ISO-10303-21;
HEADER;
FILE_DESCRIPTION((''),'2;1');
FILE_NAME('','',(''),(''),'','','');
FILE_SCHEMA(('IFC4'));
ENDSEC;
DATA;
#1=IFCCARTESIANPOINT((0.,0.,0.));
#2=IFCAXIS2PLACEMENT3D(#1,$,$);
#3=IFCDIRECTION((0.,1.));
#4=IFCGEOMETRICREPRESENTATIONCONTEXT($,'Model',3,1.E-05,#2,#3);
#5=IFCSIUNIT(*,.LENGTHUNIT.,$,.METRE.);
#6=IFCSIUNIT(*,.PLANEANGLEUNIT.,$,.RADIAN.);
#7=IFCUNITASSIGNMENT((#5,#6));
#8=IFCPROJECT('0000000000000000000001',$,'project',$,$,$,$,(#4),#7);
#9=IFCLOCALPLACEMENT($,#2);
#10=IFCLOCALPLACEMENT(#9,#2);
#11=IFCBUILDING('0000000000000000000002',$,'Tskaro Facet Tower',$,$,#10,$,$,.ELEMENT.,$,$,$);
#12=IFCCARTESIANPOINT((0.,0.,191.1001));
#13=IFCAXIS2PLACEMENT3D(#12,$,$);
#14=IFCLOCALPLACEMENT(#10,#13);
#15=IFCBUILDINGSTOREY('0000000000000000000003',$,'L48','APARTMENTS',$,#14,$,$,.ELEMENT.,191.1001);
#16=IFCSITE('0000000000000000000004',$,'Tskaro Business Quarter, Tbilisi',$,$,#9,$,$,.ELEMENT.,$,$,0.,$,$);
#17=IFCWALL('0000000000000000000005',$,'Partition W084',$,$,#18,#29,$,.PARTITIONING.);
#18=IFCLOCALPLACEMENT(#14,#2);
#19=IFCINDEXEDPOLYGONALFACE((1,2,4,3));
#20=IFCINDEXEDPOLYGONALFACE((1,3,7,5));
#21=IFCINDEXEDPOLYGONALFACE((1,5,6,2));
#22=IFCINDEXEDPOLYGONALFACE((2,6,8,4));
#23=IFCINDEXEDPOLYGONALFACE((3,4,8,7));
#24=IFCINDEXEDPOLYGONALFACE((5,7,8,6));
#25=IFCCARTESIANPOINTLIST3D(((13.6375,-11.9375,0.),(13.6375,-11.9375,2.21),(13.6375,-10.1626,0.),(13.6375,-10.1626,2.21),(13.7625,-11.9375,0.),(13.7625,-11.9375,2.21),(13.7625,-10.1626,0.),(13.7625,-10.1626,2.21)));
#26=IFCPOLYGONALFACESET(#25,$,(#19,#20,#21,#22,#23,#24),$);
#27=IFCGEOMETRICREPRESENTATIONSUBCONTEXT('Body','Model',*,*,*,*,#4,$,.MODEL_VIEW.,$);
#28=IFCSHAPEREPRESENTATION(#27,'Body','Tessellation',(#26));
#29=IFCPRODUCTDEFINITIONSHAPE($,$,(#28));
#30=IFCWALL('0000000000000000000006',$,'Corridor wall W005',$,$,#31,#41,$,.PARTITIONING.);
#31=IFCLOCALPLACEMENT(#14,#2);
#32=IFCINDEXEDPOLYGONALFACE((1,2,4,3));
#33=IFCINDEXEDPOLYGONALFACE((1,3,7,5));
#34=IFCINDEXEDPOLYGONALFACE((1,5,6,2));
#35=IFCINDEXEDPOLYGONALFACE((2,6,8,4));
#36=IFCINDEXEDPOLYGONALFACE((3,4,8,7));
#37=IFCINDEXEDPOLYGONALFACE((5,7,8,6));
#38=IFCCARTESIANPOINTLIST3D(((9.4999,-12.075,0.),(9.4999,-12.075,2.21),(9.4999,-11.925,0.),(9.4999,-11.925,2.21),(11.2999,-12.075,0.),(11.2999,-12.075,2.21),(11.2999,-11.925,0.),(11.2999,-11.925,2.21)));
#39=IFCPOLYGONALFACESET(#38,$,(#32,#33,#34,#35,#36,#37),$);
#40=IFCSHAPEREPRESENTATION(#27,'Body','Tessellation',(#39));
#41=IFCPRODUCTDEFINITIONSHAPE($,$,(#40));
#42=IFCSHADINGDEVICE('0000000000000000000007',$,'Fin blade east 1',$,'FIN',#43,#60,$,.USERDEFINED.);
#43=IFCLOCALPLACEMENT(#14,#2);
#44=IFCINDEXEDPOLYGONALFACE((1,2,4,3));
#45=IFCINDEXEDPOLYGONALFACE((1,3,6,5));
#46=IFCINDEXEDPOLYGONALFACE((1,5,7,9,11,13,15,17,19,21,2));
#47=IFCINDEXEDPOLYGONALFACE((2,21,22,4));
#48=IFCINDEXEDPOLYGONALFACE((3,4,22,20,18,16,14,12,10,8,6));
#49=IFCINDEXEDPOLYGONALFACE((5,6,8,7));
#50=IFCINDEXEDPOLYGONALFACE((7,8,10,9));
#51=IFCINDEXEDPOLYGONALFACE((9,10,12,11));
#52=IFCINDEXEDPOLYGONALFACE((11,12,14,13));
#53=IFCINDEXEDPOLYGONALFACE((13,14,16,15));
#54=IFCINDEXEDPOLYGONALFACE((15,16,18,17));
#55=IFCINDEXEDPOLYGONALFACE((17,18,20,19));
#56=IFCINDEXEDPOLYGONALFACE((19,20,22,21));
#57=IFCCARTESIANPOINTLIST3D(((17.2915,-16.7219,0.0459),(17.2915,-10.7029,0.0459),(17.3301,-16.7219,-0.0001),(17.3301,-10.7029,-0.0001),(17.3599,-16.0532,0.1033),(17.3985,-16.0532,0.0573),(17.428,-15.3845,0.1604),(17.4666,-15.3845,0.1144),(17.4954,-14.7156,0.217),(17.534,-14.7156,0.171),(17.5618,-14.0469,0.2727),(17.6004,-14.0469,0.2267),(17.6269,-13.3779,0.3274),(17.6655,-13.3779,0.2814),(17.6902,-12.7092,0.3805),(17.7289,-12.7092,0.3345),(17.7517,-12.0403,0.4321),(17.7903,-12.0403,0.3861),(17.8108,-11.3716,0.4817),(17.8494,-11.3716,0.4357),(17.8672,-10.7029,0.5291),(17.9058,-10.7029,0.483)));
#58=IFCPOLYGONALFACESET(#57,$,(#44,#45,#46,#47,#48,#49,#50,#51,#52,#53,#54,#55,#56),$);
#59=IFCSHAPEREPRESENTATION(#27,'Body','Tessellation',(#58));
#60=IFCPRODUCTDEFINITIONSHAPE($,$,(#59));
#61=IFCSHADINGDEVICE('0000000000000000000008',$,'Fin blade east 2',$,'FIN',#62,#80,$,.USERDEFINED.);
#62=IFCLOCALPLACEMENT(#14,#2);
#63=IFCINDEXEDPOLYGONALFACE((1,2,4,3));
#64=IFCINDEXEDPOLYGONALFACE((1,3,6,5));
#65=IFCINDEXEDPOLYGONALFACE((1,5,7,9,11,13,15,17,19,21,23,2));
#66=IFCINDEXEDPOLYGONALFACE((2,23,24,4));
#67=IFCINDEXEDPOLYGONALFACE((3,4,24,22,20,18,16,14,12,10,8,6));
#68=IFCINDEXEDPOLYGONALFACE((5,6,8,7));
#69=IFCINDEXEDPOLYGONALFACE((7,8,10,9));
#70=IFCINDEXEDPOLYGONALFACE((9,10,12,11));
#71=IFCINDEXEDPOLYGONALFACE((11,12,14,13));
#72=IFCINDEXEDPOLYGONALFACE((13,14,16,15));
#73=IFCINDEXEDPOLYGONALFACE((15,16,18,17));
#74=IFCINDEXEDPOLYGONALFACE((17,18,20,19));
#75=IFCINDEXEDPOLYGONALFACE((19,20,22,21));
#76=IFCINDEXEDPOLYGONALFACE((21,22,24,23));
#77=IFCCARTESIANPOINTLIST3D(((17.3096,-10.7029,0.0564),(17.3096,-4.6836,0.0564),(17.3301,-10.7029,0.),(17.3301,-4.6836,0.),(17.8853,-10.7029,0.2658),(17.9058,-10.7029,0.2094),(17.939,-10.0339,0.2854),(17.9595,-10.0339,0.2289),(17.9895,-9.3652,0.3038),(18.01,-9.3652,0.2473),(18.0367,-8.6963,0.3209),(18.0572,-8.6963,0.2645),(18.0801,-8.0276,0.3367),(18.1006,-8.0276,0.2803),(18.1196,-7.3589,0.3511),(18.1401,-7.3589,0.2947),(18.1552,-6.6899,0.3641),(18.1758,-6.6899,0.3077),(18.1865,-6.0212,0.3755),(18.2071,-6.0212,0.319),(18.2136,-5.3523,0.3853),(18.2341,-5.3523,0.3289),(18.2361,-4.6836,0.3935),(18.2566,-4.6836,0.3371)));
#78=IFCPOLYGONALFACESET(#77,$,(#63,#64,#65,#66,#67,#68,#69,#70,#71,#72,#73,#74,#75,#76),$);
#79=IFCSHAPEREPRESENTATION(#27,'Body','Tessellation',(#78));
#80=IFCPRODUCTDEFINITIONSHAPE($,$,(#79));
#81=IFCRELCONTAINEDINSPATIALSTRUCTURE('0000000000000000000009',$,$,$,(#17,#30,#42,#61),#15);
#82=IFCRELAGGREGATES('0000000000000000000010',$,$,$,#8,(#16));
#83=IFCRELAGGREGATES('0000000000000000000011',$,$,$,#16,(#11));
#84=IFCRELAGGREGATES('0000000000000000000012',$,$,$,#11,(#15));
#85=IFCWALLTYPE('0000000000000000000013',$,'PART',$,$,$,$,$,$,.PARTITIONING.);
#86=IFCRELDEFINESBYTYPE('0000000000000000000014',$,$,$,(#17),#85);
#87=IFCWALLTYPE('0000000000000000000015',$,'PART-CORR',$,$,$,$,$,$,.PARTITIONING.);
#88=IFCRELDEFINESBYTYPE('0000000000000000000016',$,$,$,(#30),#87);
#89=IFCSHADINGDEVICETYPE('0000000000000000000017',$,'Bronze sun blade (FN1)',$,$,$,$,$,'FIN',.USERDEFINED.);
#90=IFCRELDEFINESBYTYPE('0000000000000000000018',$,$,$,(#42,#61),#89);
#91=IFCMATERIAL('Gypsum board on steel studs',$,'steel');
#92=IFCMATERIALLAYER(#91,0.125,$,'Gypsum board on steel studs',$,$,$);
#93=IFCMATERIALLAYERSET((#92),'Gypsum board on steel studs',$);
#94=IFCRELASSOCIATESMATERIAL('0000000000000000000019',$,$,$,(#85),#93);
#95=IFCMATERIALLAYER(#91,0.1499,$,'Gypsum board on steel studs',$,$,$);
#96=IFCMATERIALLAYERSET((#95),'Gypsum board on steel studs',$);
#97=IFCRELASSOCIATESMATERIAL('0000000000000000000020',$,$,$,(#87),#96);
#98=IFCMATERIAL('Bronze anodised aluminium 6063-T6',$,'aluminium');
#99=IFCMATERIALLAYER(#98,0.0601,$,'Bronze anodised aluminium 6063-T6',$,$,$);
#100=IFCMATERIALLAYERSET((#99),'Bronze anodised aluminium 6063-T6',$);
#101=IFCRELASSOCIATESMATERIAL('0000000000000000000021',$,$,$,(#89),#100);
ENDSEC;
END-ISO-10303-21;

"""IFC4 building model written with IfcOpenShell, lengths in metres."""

from ifc_helpers import new_model, si_unit, direction, frame, frame_2d, origin, place, context, subcontext, project, spatial, polyline, rectangle, outline, extrude, material, layer, layer_set, type_object, element, save


model = new_model("IFC4")

# Units and contexts
model_context = context("Model", 3, precision=1e-05, world=origin(), true_north=direction((0.0, 1.0)))
body_context = subcontext(model_context, "Body", "Model", "MODEL_VIEW")
ifc_project = project(units=[si_unit("LENGTHUNIT", "METRE"), si_unit("PLANEANGLEUNIT", "RADIAN")], contexts=[model_context])

# Site, building, storey
site_placement = place(None, origin())
site = spatial("IfcSite", under=ifc_project, at=site_placement, Name="Tskaro Business Quarter, Tbilisi", CompositionType="ELEMENT", RefElevation=0.0)
building_placement = place(site_placement, origin())
building = spatial("IfcBuilding", under=site, at=building_placement, Name="Tskaro Facet Tower", CompositionType="ELEMENT")
storey_placement = place(building_placement, frame((0.0, 0.0, 191.1001)))
storey = spatial("IfcBuildingStorey", under=building, at=storey_placement, Name="L48", Description="APARTMENTS", CompositionType="ELEMENT", Elevation=191.1001)

# Shared definitions
ifc_material_1 = material(Name="Bronze anodised aluminium 6063-T6", Category="aluminium")

# Walls
ifc_material_2 = material(Name="Gypsum board on steel studs", Category="steel")
ifc_layer_1 = layer(ifc_material_2, 0.125, Name="Gypsum board on steel studs")
ifc_layer_set_1 = layer_set([ifc_layer_1], Name="Gypsum board on steel studs")
wall_type_1 = type_object("IfcWallType", Name="PART", PredefinedType="PARTITIONING", material=ifc_layer_set_1)
wall_1_placement = place(storey_placement, frame((13.7, -11.9375, 0.0), z_axis=(0.0, 0.0, 1.0), x_axis=(0.0, 1.0, 0.0)))
element("IfcWall", 1, at=wall_1_placement, inside=storey, type_object=wall_type_1, Name="Partition W084", PredefinedType="PARTITIONING", context=body_context, shape_type="SweptSolid", body=[
    extrude(rectangle(XDim=1.7749, YDim=0.125, at=frame_2d((0.8875, 0.0))), origin(), (0.0, 0.0, 1.0), 2.21),
])
ifc_layer_2 = layer(ifc_material_2, 0.1499, Name="Gypsum board on steel studs")
ifc_layer_set_2 = layer_set([ifc_layer_2], Name="Gypsum board on steel studs")
wall_type_2 = type_object("IfcWallType", Name="PART-CORR", PredefinedType="PARTITIONING", material=ifc_layer_set_2)
wall_2_placement = place(storey_placement, frame((9.5, -12.0, 0.0), z_axis=(0.0, 0.0, 1.0), x_axis=(1.0, 0.0, 0.0)))
element("IfcWall", 2, at=wall_2_placement, inside=storey, type_object=wall_type_2, Name="Corridor wall W005", PredefinedType="PARTITIONING", context=body_context, shape_type="SweptSolid", body=[
    extrude(rectangle(XDim=1.8, YDim=0.1499, at=frame_2d((0.8999, 0.0))), origin(), (0.0, 0.0, 1.0), 2.21),
])

# Shading devices
ifc_layer_3 = layer(ifc_material_1, 0.0601, Name="Bronze anodised aluminium 6063-T6")
ifc_layer_set_3 = layer_set([ifc_layer_3], Name="Bronze anodised aluminium 6063-T6")
shading_device_type = type_object("IfcShadingDeviceType", Name="Bronze sun blade (FN1)", ElementType="FIN", PredefinedType="USERDEFINED", material=ifc_layer_set_3)
shading_device_1_placement = place(storey_placement, frame((17.2915, -16.7219, 0.0459), z_axis=(-0.642871, 0.000001, 0.765975), x_axis=(0.000001, 1.0, -0.000001)))
element("IfcShadingDevice", 3, at=shading_device_1_placement, inside=storey, type_object=shading_device_type, Name="Fin blade east 1", ObjectType="FIN", PredefinedType="USERDEFINED", context=body_context, shape_type="SweptSolid", body=[
    extrude(outline(polyline([(0.0, 0.0), (6.019, 0.0), (6.019, -0.7516), (5.3503, -0.6779), (4.6816, -0.6008), (4.0127, -0.5206), (3.344, -0.4379), (2.675, -0.3528), (2.0063, -0.2662), (1.3374, -0.1781), (0.6687, -0.0892), (0.0, 0.0)])), origin(), (0.0, 0.0, -1.0), 0.0601),
])
shading_device_2_placement = place(storey_placement, frame((17.3096, -10.7029, 0.0564), z_axis=(-0.341892, -0.000005, 0.939739), x_axis=(-0.000002, 1.0, 0.000005)))
element("IfcShadingDevice", 4, at=shading_device_2_placement, inside=storey, type_object=shading_device_type, Name="Fin blade east 2", ObjectType="FIN", PredefinedType="USERDEFINED", context=body_context, shape_type="SweptSolid", body=[
    extrude(outline(polyline([(0.0, 0.0), (6.0193, 0.0), (6.0193, -0.986), (5.3506, -0.962), (4.6816, -0.9332), (4.0129, -0.8999), (3.344, -0.862), (2.6753, -0.8199), (2.0066, -0.7737), (1.3376, -0.7235), (0.6689, -0.6698), (0.0, -0.6126), (0.0, 0.0)])), origin(), (0.0, 0.0, -1.0), 0.0601),
])

save(model, "model.ifc")
